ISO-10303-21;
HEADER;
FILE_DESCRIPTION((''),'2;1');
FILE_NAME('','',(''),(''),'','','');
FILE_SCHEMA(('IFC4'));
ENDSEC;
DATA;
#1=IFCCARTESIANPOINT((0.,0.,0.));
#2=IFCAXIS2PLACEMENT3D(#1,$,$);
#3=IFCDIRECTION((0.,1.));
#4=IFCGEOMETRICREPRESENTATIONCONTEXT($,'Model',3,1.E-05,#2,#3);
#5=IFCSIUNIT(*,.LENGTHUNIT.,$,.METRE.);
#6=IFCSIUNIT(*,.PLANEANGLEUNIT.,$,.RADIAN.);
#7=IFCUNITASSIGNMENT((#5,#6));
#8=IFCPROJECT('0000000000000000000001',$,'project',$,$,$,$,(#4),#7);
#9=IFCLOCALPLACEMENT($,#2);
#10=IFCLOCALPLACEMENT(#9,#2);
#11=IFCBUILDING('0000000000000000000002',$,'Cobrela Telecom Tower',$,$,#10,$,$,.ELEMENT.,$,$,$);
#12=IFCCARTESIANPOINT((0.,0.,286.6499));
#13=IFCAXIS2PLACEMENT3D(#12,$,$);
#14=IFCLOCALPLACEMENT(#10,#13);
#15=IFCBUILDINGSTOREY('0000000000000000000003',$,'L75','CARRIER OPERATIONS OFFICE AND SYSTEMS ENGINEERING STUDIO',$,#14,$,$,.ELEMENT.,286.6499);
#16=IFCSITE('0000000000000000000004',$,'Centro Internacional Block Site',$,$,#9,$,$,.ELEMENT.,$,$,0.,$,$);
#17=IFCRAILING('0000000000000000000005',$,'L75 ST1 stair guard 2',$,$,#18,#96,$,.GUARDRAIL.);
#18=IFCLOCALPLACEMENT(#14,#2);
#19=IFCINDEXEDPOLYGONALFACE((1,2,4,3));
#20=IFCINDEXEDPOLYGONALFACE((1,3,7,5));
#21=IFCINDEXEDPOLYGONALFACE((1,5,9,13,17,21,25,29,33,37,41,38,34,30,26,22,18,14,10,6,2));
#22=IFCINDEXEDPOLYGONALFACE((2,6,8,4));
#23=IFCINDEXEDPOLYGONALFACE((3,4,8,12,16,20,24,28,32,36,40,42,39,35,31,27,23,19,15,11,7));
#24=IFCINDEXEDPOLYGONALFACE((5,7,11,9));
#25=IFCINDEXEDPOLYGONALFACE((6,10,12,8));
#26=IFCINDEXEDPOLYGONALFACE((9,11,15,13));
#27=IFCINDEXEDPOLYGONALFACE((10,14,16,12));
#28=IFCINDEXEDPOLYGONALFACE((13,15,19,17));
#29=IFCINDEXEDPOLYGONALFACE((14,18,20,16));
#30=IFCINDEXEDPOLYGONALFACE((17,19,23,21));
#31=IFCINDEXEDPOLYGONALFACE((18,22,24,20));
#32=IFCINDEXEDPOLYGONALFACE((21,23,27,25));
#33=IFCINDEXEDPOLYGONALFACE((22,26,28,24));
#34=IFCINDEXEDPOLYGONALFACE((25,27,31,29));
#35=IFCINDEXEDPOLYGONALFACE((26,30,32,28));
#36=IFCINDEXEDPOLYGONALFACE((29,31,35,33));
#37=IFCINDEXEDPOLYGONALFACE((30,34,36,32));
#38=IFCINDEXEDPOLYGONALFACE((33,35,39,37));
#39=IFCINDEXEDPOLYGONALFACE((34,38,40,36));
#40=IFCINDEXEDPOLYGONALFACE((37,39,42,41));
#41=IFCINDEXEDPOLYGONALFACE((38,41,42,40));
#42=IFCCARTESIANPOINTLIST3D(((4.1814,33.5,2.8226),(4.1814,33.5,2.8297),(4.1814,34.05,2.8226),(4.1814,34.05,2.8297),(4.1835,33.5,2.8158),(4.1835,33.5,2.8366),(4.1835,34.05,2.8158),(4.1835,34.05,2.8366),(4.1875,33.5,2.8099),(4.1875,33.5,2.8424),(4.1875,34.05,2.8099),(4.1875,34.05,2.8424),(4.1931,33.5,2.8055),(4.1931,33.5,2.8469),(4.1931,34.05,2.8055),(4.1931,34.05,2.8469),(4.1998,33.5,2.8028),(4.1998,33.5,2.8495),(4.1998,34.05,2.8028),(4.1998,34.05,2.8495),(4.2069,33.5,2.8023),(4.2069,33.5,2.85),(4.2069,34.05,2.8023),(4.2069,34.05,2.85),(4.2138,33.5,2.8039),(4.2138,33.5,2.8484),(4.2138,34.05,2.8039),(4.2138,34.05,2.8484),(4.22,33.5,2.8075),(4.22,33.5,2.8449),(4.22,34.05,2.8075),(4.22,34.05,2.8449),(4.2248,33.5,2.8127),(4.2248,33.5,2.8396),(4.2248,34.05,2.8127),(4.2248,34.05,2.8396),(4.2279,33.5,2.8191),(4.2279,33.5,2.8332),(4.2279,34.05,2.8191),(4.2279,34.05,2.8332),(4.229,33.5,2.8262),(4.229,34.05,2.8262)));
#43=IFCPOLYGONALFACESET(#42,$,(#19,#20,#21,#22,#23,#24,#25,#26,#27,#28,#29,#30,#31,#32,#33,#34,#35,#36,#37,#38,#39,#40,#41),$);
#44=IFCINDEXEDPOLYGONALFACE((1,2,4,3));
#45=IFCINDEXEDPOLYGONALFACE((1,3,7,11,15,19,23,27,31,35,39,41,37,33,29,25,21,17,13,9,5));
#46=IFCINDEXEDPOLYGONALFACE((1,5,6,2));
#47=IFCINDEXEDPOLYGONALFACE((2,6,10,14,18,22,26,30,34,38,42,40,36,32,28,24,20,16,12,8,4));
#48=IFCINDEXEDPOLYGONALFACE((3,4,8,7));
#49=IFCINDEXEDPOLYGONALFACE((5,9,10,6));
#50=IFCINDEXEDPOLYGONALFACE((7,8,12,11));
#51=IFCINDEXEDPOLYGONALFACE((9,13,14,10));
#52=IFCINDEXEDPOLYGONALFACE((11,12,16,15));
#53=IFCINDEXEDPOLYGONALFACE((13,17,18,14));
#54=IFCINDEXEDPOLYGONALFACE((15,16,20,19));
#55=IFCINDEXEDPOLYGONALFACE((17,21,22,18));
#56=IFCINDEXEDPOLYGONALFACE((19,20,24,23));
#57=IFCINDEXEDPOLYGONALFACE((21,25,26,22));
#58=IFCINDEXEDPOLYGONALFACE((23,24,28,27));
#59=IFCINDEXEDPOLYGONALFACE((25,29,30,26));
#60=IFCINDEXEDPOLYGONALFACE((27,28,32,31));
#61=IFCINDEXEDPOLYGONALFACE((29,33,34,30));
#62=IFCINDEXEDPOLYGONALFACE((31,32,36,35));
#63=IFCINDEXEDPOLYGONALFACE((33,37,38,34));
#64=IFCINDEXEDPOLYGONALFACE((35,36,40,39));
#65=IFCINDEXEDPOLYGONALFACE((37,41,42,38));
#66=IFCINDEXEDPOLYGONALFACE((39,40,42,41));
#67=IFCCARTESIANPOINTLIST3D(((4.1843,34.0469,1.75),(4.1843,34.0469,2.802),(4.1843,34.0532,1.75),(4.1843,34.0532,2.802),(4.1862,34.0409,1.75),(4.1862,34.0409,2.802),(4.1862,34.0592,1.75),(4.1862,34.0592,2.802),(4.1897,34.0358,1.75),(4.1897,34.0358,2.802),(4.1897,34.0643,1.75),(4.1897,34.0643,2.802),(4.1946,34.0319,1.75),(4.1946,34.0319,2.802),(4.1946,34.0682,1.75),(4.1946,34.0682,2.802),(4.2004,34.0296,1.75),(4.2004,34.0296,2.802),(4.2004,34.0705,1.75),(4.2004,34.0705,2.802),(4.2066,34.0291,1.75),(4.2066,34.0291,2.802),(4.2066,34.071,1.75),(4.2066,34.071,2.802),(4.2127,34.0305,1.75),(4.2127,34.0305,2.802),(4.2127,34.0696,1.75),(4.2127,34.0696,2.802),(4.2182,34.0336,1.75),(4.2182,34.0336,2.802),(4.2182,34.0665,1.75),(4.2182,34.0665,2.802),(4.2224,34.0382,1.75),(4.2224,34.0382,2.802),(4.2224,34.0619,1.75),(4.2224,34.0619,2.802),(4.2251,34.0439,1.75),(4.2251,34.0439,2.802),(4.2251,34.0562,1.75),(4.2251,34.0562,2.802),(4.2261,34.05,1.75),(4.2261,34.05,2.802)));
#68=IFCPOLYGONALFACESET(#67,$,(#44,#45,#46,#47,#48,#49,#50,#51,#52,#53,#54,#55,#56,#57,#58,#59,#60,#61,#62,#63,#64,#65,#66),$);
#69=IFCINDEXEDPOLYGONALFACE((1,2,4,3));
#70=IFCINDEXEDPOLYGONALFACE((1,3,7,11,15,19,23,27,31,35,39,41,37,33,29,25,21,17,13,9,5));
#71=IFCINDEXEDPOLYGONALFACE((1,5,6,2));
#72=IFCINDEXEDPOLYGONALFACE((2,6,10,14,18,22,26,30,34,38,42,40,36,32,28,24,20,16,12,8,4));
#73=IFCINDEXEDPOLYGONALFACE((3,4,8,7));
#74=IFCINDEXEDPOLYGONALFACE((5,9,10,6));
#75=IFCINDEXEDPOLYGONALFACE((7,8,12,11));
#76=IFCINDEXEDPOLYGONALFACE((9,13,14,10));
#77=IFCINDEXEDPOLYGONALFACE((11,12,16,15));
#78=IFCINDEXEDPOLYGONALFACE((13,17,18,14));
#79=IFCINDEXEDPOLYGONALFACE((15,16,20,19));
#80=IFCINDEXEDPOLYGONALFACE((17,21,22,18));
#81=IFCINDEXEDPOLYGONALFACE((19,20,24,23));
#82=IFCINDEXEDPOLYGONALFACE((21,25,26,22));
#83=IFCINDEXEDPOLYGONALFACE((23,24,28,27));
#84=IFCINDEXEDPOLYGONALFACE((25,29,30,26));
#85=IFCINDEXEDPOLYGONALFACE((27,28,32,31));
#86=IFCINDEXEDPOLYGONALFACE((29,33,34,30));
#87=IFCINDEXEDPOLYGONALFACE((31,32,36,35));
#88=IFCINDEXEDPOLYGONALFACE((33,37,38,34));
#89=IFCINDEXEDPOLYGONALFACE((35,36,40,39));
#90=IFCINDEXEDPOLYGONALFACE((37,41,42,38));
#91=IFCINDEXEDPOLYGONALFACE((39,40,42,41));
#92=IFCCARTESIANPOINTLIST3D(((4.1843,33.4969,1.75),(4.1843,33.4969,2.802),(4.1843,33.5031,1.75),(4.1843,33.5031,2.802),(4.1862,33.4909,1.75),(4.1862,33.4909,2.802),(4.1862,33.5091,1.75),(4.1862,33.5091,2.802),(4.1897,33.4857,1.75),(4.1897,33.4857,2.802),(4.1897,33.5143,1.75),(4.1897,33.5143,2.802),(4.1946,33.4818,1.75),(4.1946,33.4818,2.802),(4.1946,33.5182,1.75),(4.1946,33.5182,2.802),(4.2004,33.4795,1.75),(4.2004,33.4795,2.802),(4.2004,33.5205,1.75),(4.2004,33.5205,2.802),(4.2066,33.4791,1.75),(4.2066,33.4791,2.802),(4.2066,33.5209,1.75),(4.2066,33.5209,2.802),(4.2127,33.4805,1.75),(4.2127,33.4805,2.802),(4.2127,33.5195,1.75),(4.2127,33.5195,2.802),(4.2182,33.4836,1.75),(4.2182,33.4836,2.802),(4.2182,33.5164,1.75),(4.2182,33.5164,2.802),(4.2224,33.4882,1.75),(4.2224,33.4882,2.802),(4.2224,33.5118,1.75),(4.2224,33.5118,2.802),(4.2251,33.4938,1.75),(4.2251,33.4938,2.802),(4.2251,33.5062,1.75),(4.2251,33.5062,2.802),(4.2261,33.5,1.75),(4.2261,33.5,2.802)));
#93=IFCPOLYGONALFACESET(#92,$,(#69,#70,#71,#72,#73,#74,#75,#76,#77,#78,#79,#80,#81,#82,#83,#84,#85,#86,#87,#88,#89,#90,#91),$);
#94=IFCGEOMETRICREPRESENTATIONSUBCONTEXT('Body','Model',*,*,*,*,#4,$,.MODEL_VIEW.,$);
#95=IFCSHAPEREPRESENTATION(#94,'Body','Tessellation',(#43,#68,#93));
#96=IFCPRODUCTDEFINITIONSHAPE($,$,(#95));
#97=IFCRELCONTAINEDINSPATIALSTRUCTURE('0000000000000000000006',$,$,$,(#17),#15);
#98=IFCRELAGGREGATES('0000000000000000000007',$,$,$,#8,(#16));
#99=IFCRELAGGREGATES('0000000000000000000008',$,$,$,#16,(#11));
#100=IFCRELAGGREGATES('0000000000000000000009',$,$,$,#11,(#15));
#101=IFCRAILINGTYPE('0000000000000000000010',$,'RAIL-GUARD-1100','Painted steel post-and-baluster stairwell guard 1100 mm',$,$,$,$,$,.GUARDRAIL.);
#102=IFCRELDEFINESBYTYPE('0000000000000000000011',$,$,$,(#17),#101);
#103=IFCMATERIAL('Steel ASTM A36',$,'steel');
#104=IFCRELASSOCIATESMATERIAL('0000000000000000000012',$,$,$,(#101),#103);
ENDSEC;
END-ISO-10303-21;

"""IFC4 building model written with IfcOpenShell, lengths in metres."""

from ifc_helpers import new_model, si_unit, direction, frame, origin, origin_2d, place, context, subcontext, project, spatial, circle, extrude, material, type_object, element, save


model = new_model("IFC4")

# Units and contexts
model_context = context("Model", 3, precision=1e-05, world=origin(), true_north=direction((0.0, 1.0)))
body_context = subcontext(model_context, "Body", "Model", "MODEL_VIEW")
ifc_project = project(units=[si_unit("LENGTHUNIT", "METRE"), si_unit("PLANEANGLEUNIT", "RADIAN")], contexts=[model_context])

# Site, building, storey
site_placement = place(None, origin())
site = spatial("IfcSite", under=ifc_project, at=site_placement, Name="Centro Internacional Block Site", CompositionType="ELEMENT", RefElevation=0.0)
building_placement = place(site_placement, origin())
building = spatial("IfcBuilding", under=site, at=building_placement, Name="Cobrela Telecom Tower", CompositionType="ELEMENT")
storey_placement = place(building_placement, frame((0.0, 0.0, 286.6499)))
storey = spatial("IfcBuildingStorey", under=building, at=storey_placement, Name="L75", Description="CARRIER OPERATIONS OFFICE AND SYSTEMS ENGINEERING STUDIO", CompositionType="ELEMENT", Elevation=286.6499)

# Shared definitions
ifc_material_1 = material(Name="Steel ASTM A36", Category="steel")

# Railing
railing_type_1 = type_object("IfcRailingType", Name="RAIL-GUARD-1100", Description="Painted steel post-and-baluster stairwell guard 1100 mm", PredefinedType="GUARDRAIL", material=ifc_material_1)
railing_1_placement = place(storey_placement, frame((4.2051, 34.05, 1.75)))
element("IfcRailing", 1, at=railing_1_placement, inside=storey, type_object=railing_type_1, Name="L75 ST1 stair guard 2", PredefinedType="GUARDRAIL", context=body_context, shape_type="SweptSolid", body=[
    extrude(circle(Radius=0.0239, at=origin_2d()), frame((0.0, 0.0, 1.0762), z_axis=(0.0, -1.0, 0.0), x_axis=(1.0, 0.0, 0.0)), (0.0, 0.0, 1.0), 0.55),
    extrude(circle(Radius=0.021, at=origin_2d()), origin(), (0.0, 0.0, 1.0), 1.052),
    extrude(circle(Radius=0.021, at=origin_2d()), frame((0.0, -0.55, 0.0)), (0.0, 0.0, 1.0), 1.052),
])

save(model, "model.ifc")
